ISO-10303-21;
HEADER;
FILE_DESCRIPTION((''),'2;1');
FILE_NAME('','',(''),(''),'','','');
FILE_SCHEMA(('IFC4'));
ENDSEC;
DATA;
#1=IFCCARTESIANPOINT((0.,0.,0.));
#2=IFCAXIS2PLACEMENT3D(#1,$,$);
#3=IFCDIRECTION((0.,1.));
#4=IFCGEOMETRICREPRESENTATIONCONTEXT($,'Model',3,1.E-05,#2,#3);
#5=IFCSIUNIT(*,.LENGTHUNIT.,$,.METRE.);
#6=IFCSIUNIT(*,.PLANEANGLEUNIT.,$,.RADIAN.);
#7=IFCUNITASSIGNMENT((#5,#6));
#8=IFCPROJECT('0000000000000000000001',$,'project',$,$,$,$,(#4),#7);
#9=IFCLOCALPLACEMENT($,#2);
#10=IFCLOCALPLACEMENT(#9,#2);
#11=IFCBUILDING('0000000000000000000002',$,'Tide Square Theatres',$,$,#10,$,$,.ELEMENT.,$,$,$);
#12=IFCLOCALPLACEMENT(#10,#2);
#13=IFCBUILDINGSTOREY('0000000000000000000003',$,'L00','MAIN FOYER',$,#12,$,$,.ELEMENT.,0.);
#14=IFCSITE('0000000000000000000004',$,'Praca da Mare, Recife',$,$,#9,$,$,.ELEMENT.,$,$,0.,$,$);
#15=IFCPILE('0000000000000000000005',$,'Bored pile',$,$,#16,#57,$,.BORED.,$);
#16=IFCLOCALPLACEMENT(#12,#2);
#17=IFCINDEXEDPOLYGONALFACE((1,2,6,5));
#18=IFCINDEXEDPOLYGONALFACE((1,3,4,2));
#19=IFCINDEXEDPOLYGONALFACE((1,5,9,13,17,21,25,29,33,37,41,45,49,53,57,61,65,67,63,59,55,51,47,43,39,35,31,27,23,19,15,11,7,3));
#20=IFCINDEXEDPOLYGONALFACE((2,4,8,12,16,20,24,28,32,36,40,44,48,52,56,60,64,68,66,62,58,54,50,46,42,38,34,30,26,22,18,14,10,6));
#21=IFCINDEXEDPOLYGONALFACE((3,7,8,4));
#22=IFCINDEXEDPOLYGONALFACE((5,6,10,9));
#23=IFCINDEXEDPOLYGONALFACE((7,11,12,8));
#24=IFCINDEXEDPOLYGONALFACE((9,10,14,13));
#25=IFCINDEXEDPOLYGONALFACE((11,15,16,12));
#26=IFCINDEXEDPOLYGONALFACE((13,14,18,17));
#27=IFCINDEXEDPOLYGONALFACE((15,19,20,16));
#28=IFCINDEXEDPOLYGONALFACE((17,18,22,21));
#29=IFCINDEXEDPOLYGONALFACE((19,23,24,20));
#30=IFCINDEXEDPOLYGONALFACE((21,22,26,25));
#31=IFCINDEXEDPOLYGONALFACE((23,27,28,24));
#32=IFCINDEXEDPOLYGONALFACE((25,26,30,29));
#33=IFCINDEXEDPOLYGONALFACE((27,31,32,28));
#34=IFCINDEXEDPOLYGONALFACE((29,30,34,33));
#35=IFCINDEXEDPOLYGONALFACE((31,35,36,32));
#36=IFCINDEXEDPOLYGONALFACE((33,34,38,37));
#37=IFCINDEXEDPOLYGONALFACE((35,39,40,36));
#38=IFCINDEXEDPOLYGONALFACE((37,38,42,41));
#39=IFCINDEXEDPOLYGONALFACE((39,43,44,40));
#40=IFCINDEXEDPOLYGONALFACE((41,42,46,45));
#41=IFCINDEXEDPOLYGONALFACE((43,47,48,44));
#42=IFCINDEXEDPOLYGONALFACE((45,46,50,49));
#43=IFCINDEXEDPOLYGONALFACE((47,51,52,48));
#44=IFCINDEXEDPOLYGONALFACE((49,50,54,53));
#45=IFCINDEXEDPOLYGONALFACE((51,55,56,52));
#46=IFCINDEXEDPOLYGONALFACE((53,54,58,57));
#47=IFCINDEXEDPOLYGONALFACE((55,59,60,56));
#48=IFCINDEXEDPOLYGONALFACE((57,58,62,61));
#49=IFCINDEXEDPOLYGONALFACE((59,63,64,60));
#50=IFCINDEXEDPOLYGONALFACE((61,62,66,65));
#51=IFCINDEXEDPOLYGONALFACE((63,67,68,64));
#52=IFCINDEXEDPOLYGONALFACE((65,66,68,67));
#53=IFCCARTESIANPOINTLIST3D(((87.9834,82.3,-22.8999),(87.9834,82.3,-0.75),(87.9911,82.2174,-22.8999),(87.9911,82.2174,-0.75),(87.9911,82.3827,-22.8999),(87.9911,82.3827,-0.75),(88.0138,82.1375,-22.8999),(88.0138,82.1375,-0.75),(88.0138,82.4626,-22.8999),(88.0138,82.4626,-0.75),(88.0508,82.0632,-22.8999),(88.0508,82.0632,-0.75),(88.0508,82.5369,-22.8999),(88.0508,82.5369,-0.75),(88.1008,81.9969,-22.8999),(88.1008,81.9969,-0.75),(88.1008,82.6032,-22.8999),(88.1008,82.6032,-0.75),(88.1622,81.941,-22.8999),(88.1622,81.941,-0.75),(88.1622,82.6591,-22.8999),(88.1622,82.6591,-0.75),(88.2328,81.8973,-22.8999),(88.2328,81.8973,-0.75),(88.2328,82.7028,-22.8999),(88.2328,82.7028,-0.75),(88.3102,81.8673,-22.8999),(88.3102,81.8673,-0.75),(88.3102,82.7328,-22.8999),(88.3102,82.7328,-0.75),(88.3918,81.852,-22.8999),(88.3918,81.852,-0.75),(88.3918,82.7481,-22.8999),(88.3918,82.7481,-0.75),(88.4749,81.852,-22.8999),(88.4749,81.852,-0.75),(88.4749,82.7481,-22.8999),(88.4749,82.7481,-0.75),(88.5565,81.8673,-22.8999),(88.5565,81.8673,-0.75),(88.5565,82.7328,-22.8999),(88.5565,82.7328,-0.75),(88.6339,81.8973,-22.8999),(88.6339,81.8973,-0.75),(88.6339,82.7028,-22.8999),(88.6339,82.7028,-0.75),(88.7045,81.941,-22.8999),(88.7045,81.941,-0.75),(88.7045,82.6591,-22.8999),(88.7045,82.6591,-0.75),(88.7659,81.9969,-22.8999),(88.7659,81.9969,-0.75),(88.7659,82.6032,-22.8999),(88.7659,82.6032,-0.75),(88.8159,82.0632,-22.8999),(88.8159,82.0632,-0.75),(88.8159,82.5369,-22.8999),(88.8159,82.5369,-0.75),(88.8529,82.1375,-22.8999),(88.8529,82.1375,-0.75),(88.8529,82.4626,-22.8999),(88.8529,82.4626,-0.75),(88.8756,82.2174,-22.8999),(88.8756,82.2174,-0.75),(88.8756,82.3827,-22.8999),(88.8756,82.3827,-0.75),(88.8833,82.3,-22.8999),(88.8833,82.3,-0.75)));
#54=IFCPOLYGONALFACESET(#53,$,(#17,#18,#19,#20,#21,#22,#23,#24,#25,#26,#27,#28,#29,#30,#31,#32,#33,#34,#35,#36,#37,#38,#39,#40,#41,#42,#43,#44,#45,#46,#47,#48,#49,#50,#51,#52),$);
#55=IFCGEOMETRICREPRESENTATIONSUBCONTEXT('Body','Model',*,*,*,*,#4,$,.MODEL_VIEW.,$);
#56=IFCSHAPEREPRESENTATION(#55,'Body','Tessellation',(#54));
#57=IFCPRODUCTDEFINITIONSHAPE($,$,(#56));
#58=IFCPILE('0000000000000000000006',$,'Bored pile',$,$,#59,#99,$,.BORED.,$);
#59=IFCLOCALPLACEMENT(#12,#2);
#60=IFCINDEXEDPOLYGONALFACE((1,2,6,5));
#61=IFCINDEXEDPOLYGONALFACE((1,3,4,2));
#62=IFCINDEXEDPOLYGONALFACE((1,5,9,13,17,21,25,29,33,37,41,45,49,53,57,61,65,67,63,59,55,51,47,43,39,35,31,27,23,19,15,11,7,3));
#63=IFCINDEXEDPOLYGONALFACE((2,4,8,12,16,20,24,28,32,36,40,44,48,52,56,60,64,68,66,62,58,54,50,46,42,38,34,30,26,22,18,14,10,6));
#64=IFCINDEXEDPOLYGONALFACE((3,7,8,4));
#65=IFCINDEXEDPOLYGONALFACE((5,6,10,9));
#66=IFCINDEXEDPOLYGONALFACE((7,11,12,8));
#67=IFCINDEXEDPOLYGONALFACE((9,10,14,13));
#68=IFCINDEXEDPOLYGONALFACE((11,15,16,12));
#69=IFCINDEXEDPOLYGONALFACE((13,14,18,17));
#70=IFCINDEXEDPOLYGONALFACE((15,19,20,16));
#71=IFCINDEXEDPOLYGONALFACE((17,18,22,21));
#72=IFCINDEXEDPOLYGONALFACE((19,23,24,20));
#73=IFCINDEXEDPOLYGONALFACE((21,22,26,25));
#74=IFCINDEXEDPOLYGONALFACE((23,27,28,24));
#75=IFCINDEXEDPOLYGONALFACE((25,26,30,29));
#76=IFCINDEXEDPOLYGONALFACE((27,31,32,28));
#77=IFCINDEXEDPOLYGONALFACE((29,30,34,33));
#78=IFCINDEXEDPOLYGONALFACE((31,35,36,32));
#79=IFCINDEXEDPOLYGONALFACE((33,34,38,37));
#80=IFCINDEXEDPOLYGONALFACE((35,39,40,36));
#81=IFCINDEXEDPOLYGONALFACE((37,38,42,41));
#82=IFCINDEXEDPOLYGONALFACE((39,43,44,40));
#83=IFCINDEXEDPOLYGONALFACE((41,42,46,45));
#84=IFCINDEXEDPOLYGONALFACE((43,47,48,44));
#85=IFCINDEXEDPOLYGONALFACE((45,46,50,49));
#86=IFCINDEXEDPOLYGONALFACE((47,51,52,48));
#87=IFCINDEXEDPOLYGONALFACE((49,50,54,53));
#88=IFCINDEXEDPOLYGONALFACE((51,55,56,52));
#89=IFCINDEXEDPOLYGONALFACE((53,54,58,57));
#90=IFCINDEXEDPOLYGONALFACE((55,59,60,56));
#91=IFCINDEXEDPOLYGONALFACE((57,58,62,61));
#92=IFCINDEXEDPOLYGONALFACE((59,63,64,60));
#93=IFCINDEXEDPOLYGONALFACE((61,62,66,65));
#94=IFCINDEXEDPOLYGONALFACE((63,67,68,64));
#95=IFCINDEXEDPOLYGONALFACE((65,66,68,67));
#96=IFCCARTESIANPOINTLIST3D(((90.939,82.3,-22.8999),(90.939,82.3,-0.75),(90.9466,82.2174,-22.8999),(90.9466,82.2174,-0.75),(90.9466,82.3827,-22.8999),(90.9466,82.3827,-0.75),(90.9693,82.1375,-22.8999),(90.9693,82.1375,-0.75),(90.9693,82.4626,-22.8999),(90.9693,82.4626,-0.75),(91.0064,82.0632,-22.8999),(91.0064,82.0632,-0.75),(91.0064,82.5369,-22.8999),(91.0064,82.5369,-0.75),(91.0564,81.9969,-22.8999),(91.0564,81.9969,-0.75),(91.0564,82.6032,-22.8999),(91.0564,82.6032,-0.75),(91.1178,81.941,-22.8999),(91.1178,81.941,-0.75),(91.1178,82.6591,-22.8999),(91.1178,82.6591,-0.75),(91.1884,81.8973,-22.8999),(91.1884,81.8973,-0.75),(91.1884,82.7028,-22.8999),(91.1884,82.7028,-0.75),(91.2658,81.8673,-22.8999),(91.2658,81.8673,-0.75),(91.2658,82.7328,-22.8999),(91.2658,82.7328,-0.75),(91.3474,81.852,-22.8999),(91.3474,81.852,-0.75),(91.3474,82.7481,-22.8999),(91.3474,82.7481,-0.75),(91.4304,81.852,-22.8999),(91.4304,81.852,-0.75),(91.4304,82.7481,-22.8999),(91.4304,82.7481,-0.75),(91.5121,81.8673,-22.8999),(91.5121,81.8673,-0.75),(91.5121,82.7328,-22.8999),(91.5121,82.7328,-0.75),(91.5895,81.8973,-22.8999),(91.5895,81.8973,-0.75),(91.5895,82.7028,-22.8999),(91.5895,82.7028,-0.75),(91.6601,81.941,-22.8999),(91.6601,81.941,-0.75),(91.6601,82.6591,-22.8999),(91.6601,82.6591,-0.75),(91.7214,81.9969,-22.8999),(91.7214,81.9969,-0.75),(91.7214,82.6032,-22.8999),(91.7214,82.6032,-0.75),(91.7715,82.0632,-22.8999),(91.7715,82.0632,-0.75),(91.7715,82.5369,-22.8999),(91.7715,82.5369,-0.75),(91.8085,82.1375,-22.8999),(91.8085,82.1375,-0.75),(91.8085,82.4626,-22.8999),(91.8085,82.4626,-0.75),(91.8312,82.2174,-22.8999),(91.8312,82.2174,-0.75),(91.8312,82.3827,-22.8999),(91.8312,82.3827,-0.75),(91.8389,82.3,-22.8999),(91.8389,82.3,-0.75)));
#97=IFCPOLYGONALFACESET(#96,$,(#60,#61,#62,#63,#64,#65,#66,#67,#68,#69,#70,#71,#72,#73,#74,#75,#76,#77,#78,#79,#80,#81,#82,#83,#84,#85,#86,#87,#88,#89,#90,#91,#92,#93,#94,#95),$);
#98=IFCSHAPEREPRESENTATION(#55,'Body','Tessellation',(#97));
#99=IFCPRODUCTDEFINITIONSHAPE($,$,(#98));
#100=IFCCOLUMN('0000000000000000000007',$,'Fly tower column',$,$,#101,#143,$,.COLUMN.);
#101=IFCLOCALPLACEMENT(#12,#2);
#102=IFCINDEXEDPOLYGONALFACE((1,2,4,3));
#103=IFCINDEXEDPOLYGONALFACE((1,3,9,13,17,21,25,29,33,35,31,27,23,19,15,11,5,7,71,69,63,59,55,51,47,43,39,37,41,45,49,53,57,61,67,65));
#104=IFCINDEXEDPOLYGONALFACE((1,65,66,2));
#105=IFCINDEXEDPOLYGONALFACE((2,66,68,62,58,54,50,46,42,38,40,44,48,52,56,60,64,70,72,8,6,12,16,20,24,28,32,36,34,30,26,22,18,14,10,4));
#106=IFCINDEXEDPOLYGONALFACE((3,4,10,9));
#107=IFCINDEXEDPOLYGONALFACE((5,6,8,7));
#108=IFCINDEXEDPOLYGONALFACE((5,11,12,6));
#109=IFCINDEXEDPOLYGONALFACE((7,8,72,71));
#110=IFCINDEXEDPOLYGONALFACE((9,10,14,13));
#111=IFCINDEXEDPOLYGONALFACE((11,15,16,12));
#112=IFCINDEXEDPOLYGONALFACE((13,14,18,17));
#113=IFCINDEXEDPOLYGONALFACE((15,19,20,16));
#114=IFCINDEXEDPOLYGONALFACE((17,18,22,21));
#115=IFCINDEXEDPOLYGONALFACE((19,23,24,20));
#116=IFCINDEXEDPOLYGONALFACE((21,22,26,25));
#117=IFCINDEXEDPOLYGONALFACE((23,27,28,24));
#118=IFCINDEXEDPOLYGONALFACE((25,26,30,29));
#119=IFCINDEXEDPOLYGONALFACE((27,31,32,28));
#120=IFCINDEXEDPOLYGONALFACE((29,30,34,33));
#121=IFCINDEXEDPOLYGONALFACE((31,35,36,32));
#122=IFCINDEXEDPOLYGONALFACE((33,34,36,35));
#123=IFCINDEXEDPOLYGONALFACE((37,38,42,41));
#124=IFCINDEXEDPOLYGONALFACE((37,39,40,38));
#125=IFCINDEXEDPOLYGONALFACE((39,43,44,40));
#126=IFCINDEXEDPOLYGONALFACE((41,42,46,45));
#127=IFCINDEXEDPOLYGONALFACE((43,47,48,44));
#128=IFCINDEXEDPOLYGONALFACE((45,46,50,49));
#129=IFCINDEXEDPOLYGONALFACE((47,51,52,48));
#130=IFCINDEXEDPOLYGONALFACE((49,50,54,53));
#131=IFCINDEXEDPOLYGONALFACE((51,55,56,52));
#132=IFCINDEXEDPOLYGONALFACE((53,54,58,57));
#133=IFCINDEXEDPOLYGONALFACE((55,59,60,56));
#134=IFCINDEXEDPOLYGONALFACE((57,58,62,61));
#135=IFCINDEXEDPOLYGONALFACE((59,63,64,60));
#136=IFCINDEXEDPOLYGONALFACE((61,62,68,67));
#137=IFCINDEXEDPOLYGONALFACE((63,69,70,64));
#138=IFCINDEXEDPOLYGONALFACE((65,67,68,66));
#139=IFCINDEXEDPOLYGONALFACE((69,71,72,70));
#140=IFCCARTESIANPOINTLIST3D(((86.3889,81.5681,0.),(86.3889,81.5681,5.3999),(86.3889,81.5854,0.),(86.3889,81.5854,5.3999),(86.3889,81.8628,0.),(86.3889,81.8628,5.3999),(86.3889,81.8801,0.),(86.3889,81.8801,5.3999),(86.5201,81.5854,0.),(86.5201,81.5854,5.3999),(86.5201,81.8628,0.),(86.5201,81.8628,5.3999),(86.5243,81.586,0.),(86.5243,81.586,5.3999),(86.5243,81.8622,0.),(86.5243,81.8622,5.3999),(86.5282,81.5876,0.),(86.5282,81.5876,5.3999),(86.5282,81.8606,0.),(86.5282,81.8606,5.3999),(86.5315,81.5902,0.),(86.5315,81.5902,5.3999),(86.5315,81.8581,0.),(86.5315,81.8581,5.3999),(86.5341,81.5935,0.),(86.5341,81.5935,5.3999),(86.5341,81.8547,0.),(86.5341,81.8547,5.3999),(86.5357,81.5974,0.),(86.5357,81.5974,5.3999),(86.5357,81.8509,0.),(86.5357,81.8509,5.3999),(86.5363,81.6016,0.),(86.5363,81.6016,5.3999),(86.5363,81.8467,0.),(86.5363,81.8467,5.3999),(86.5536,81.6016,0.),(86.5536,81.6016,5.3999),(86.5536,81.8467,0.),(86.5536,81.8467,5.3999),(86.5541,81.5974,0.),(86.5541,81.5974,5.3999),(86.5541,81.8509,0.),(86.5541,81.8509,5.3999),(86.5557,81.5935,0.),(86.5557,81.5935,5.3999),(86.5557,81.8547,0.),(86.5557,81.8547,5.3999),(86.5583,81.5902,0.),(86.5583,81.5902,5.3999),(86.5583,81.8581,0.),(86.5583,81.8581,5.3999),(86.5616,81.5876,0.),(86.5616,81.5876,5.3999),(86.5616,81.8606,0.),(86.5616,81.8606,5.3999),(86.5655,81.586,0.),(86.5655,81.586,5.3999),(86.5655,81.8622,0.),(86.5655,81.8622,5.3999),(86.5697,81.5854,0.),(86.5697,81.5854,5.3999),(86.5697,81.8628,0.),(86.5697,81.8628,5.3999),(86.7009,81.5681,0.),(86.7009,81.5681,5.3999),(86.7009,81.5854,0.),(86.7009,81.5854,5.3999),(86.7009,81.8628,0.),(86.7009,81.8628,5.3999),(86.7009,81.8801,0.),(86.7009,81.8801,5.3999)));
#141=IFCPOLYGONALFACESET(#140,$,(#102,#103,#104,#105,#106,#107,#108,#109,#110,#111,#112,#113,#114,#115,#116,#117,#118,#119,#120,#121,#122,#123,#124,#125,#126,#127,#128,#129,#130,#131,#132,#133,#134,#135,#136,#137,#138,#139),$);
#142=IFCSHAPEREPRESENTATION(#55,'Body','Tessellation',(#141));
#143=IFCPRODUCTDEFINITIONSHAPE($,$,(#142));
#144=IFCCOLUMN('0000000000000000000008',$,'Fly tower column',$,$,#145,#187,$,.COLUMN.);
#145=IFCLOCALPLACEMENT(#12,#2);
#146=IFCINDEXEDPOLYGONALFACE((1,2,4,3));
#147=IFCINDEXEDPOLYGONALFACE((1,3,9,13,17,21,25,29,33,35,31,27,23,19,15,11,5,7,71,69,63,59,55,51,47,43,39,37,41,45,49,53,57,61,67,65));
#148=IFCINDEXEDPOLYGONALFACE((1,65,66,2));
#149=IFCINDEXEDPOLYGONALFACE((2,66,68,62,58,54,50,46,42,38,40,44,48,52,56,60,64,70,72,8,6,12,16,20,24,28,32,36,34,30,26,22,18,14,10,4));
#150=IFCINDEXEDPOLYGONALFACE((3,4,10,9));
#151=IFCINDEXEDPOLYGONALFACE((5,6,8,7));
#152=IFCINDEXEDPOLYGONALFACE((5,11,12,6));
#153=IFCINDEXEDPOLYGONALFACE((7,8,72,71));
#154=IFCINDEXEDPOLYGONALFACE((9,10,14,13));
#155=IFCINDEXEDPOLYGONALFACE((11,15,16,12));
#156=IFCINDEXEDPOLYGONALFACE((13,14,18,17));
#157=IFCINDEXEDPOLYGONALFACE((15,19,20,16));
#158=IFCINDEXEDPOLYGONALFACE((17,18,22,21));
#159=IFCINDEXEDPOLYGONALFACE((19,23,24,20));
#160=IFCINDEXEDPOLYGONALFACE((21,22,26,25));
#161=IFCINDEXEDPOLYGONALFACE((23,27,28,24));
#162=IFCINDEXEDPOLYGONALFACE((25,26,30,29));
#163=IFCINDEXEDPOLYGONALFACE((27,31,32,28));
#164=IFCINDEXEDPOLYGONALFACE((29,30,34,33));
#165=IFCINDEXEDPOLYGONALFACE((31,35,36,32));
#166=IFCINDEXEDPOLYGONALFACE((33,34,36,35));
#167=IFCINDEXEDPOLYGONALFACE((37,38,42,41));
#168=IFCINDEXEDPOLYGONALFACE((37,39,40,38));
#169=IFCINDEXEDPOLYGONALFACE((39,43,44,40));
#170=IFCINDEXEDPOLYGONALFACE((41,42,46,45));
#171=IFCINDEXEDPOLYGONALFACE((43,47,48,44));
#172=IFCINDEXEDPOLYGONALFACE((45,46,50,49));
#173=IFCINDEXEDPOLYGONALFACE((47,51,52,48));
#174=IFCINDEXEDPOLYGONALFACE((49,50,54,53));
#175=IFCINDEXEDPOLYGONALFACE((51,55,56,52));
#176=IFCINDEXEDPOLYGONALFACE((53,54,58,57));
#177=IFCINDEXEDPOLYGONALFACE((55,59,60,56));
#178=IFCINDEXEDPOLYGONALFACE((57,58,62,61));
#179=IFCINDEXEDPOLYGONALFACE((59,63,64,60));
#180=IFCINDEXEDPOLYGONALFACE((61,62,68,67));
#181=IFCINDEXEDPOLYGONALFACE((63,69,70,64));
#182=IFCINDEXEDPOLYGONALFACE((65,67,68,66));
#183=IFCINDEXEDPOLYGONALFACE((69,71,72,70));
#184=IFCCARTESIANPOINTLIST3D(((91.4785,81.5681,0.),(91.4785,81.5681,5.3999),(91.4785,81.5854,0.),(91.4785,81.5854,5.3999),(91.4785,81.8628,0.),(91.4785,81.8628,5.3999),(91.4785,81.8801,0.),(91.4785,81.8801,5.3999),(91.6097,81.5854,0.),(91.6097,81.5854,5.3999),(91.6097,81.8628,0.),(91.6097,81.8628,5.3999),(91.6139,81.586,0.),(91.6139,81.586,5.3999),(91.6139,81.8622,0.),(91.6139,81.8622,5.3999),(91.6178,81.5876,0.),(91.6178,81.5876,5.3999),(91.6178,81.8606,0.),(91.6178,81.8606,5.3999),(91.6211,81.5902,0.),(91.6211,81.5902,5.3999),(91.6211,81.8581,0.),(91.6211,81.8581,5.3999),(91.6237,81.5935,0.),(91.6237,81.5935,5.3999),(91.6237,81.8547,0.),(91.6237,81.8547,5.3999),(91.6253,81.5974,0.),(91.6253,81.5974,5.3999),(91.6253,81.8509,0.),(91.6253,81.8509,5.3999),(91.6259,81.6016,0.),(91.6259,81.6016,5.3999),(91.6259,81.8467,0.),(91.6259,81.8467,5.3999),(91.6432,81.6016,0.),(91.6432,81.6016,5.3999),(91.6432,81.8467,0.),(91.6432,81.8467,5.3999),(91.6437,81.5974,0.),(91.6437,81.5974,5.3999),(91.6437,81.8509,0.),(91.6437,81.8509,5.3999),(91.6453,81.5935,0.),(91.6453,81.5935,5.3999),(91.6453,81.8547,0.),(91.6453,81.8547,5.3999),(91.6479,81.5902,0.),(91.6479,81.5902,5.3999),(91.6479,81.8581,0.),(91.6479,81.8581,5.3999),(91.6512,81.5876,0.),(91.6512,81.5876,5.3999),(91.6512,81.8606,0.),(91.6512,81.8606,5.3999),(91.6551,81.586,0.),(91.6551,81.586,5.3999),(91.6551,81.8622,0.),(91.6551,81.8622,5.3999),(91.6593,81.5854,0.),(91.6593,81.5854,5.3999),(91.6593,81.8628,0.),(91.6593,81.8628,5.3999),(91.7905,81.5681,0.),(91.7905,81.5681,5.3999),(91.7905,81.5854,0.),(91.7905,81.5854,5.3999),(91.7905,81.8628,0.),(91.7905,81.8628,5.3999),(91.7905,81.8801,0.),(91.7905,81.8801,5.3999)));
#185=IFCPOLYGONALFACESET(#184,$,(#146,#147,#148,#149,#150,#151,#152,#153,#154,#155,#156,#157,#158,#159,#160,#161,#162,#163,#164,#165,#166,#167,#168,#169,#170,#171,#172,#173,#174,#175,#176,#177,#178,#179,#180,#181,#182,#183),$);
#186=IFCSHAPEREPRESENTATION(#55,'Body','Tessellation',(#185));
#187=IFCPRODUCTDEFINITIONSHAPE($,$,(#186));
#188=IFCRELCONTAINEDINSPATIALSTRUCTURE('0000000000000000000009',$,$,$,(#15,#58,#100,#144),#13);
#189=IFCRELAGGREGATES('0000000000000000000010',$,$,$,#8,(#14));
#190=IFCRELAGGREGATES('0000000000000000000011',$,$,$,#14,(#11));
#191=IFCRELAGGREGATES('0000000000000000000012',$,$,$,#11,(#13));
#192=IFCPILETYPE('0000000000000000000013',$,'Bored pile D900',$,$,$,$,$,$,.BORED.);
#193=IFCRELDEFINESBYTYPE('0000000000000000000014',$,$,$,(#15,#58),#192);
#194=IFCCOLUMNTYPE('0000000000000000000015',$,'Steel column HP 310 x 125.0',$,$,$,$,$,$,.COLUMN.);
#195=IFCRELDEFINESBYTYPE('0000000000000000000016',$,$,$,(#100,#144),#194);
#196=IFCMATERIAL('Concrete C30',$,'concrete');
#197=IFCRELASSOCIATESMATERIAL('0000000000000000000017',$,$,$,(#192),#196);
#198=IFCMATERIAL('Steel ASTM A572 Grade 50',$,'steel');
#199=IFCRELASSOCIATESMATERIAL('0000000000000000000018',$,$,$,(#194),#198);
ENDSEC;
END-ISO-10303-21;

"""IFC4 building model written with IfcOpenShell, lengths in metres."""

from ifc_helpers import new_model, si_unit, direction, frame, origin, origin_2d, place, context, subcontext, project, spatial, circle, i_section, extrude, material, material_profile, profile_set, type_object, element, save


model = new_model("IFC4")

# Units and contexts
model_context = context("Model", 3, precision=1e-05, world=origin(), true_north=direction((0.0, 1.0)))
body_context = subcontext(model_context, "Body", "Model", "MODEL_VIEW")
ifc_project = project(units=[si_unit("LENGTHUNIT", "METRE"), si_unit("PLANEANGLEUNIT", "RADIAN")], contexts=[model_context])

# Site, building, storey
site_placement = place(None, origin())
site = spatial("IfcSite", under=ifc_project, at=site_placement, Name="Praca da Mare, Recife", CompositionType="ELEMENT", RefElevation=0.0)
building_placement = place(site_placement, origin())
building = spatial("IfcBuilding", under=site, at=building_placement, Name="Tide Square Theatres", CompositionType="ELEMENT")
storey_placement = place(building_placement, origin())
storey = spatial("IfcBuildingStorey", under=building, at=storey_placement, Name="L00", Description="MAIN FOYER", CompositionType="ELEMENT", Elevation=0.0)

# Piles
ifc_material_1 = material(Name="Concrete C30", Category="concrete")
ifc_material_profile_1 = material_profile(ifc_material_1, circle(Radius=0.45, at=origin_2d()))
ifc_profile_set_1 = profile_set([ifc_material_profile_1], Name="Concrete C30")
pile_type = type_object("IfcPileType", Name="Bored pile D900", PredefinedType="BORED", material=ifc_profile_set_1)
for number, where, z_axis, x_axis, name in (
    (1, (88.4333, 82.3, -0.75), (0.0, 0.0, -1.0), (1.0, 0.0, 0.0), "Bored pile"),
    (2, (91.3889, 82.3, -0.75), (0.0, 0.0, -1.0), (1.0, 0.0, 0.0), "Bored pile"),
):
    element("IfcPile", number, at=place(storey_placement, frame(where, z_axis=z_axis, x_axis=x_axis)), inside=storey, type_object=pile_type, Name=name, PredefinedType="BORED", context=body_context, shape_type="SweptSolid", body=[
        extrude(circle(Radius=0.45, at=origin_2d()), origin(), (0.0, 0.0, 1.0), 22.1499),
    ])

# Columns
ifc_material_2 = material(Name="Steel ASTM A572 Grade 50", Category="steel")
ifc_material_profile_2 = material_profile(ifc_material_2, i_section(OverallWidth=0.312, OverallDepth=0.312, WebThickness=0.0173, FlangeThickness=0.0173, FilletRadius=0.0161, at=origin_2d()))
ifc_profile_set_2 = profile_set([ifc_material_profile_2], Name="Steel ASTM A572 Grade 50")
column_type = type_object("IfcColumnType", Name="Steel column HP 310 x 125.0", PredefinedType="COLUMN", material=ifc_profile_set_2)
for number, where, z_axis, x_axis, name in (
    (3, (86.5449, 81.7241, 0.0), (0.0, 0.0, 1.0), (1.0, 0.0, 0.0), "Fly tower column"),
    (4, (91.6345, 81.7241, 0.0), (0.0, 0.0, 1.0), (1.0, 0.0, 0.0), "Fly tower column"),
):
    element("IfcColumn", number, at=place(storey_placement, frame(where, z_axis=z_axis, x_axis=x_axis)), inside=storey, type_object=column_type, Name=name, PredefinedType="COLUMN", context=body_context, shape_type="SweptSolid", body=[
        extrude(i_section(OverallWidth=0.312, OverallDepth=0.312, WebThickness=0.0173, FlangeThickness=0.0173, FilletRadius=0.0161, at=origin_2d()), origin(), (0.0, 0.0, 1.0), 5.3999),
    ])

save(model, "model.ifc")
